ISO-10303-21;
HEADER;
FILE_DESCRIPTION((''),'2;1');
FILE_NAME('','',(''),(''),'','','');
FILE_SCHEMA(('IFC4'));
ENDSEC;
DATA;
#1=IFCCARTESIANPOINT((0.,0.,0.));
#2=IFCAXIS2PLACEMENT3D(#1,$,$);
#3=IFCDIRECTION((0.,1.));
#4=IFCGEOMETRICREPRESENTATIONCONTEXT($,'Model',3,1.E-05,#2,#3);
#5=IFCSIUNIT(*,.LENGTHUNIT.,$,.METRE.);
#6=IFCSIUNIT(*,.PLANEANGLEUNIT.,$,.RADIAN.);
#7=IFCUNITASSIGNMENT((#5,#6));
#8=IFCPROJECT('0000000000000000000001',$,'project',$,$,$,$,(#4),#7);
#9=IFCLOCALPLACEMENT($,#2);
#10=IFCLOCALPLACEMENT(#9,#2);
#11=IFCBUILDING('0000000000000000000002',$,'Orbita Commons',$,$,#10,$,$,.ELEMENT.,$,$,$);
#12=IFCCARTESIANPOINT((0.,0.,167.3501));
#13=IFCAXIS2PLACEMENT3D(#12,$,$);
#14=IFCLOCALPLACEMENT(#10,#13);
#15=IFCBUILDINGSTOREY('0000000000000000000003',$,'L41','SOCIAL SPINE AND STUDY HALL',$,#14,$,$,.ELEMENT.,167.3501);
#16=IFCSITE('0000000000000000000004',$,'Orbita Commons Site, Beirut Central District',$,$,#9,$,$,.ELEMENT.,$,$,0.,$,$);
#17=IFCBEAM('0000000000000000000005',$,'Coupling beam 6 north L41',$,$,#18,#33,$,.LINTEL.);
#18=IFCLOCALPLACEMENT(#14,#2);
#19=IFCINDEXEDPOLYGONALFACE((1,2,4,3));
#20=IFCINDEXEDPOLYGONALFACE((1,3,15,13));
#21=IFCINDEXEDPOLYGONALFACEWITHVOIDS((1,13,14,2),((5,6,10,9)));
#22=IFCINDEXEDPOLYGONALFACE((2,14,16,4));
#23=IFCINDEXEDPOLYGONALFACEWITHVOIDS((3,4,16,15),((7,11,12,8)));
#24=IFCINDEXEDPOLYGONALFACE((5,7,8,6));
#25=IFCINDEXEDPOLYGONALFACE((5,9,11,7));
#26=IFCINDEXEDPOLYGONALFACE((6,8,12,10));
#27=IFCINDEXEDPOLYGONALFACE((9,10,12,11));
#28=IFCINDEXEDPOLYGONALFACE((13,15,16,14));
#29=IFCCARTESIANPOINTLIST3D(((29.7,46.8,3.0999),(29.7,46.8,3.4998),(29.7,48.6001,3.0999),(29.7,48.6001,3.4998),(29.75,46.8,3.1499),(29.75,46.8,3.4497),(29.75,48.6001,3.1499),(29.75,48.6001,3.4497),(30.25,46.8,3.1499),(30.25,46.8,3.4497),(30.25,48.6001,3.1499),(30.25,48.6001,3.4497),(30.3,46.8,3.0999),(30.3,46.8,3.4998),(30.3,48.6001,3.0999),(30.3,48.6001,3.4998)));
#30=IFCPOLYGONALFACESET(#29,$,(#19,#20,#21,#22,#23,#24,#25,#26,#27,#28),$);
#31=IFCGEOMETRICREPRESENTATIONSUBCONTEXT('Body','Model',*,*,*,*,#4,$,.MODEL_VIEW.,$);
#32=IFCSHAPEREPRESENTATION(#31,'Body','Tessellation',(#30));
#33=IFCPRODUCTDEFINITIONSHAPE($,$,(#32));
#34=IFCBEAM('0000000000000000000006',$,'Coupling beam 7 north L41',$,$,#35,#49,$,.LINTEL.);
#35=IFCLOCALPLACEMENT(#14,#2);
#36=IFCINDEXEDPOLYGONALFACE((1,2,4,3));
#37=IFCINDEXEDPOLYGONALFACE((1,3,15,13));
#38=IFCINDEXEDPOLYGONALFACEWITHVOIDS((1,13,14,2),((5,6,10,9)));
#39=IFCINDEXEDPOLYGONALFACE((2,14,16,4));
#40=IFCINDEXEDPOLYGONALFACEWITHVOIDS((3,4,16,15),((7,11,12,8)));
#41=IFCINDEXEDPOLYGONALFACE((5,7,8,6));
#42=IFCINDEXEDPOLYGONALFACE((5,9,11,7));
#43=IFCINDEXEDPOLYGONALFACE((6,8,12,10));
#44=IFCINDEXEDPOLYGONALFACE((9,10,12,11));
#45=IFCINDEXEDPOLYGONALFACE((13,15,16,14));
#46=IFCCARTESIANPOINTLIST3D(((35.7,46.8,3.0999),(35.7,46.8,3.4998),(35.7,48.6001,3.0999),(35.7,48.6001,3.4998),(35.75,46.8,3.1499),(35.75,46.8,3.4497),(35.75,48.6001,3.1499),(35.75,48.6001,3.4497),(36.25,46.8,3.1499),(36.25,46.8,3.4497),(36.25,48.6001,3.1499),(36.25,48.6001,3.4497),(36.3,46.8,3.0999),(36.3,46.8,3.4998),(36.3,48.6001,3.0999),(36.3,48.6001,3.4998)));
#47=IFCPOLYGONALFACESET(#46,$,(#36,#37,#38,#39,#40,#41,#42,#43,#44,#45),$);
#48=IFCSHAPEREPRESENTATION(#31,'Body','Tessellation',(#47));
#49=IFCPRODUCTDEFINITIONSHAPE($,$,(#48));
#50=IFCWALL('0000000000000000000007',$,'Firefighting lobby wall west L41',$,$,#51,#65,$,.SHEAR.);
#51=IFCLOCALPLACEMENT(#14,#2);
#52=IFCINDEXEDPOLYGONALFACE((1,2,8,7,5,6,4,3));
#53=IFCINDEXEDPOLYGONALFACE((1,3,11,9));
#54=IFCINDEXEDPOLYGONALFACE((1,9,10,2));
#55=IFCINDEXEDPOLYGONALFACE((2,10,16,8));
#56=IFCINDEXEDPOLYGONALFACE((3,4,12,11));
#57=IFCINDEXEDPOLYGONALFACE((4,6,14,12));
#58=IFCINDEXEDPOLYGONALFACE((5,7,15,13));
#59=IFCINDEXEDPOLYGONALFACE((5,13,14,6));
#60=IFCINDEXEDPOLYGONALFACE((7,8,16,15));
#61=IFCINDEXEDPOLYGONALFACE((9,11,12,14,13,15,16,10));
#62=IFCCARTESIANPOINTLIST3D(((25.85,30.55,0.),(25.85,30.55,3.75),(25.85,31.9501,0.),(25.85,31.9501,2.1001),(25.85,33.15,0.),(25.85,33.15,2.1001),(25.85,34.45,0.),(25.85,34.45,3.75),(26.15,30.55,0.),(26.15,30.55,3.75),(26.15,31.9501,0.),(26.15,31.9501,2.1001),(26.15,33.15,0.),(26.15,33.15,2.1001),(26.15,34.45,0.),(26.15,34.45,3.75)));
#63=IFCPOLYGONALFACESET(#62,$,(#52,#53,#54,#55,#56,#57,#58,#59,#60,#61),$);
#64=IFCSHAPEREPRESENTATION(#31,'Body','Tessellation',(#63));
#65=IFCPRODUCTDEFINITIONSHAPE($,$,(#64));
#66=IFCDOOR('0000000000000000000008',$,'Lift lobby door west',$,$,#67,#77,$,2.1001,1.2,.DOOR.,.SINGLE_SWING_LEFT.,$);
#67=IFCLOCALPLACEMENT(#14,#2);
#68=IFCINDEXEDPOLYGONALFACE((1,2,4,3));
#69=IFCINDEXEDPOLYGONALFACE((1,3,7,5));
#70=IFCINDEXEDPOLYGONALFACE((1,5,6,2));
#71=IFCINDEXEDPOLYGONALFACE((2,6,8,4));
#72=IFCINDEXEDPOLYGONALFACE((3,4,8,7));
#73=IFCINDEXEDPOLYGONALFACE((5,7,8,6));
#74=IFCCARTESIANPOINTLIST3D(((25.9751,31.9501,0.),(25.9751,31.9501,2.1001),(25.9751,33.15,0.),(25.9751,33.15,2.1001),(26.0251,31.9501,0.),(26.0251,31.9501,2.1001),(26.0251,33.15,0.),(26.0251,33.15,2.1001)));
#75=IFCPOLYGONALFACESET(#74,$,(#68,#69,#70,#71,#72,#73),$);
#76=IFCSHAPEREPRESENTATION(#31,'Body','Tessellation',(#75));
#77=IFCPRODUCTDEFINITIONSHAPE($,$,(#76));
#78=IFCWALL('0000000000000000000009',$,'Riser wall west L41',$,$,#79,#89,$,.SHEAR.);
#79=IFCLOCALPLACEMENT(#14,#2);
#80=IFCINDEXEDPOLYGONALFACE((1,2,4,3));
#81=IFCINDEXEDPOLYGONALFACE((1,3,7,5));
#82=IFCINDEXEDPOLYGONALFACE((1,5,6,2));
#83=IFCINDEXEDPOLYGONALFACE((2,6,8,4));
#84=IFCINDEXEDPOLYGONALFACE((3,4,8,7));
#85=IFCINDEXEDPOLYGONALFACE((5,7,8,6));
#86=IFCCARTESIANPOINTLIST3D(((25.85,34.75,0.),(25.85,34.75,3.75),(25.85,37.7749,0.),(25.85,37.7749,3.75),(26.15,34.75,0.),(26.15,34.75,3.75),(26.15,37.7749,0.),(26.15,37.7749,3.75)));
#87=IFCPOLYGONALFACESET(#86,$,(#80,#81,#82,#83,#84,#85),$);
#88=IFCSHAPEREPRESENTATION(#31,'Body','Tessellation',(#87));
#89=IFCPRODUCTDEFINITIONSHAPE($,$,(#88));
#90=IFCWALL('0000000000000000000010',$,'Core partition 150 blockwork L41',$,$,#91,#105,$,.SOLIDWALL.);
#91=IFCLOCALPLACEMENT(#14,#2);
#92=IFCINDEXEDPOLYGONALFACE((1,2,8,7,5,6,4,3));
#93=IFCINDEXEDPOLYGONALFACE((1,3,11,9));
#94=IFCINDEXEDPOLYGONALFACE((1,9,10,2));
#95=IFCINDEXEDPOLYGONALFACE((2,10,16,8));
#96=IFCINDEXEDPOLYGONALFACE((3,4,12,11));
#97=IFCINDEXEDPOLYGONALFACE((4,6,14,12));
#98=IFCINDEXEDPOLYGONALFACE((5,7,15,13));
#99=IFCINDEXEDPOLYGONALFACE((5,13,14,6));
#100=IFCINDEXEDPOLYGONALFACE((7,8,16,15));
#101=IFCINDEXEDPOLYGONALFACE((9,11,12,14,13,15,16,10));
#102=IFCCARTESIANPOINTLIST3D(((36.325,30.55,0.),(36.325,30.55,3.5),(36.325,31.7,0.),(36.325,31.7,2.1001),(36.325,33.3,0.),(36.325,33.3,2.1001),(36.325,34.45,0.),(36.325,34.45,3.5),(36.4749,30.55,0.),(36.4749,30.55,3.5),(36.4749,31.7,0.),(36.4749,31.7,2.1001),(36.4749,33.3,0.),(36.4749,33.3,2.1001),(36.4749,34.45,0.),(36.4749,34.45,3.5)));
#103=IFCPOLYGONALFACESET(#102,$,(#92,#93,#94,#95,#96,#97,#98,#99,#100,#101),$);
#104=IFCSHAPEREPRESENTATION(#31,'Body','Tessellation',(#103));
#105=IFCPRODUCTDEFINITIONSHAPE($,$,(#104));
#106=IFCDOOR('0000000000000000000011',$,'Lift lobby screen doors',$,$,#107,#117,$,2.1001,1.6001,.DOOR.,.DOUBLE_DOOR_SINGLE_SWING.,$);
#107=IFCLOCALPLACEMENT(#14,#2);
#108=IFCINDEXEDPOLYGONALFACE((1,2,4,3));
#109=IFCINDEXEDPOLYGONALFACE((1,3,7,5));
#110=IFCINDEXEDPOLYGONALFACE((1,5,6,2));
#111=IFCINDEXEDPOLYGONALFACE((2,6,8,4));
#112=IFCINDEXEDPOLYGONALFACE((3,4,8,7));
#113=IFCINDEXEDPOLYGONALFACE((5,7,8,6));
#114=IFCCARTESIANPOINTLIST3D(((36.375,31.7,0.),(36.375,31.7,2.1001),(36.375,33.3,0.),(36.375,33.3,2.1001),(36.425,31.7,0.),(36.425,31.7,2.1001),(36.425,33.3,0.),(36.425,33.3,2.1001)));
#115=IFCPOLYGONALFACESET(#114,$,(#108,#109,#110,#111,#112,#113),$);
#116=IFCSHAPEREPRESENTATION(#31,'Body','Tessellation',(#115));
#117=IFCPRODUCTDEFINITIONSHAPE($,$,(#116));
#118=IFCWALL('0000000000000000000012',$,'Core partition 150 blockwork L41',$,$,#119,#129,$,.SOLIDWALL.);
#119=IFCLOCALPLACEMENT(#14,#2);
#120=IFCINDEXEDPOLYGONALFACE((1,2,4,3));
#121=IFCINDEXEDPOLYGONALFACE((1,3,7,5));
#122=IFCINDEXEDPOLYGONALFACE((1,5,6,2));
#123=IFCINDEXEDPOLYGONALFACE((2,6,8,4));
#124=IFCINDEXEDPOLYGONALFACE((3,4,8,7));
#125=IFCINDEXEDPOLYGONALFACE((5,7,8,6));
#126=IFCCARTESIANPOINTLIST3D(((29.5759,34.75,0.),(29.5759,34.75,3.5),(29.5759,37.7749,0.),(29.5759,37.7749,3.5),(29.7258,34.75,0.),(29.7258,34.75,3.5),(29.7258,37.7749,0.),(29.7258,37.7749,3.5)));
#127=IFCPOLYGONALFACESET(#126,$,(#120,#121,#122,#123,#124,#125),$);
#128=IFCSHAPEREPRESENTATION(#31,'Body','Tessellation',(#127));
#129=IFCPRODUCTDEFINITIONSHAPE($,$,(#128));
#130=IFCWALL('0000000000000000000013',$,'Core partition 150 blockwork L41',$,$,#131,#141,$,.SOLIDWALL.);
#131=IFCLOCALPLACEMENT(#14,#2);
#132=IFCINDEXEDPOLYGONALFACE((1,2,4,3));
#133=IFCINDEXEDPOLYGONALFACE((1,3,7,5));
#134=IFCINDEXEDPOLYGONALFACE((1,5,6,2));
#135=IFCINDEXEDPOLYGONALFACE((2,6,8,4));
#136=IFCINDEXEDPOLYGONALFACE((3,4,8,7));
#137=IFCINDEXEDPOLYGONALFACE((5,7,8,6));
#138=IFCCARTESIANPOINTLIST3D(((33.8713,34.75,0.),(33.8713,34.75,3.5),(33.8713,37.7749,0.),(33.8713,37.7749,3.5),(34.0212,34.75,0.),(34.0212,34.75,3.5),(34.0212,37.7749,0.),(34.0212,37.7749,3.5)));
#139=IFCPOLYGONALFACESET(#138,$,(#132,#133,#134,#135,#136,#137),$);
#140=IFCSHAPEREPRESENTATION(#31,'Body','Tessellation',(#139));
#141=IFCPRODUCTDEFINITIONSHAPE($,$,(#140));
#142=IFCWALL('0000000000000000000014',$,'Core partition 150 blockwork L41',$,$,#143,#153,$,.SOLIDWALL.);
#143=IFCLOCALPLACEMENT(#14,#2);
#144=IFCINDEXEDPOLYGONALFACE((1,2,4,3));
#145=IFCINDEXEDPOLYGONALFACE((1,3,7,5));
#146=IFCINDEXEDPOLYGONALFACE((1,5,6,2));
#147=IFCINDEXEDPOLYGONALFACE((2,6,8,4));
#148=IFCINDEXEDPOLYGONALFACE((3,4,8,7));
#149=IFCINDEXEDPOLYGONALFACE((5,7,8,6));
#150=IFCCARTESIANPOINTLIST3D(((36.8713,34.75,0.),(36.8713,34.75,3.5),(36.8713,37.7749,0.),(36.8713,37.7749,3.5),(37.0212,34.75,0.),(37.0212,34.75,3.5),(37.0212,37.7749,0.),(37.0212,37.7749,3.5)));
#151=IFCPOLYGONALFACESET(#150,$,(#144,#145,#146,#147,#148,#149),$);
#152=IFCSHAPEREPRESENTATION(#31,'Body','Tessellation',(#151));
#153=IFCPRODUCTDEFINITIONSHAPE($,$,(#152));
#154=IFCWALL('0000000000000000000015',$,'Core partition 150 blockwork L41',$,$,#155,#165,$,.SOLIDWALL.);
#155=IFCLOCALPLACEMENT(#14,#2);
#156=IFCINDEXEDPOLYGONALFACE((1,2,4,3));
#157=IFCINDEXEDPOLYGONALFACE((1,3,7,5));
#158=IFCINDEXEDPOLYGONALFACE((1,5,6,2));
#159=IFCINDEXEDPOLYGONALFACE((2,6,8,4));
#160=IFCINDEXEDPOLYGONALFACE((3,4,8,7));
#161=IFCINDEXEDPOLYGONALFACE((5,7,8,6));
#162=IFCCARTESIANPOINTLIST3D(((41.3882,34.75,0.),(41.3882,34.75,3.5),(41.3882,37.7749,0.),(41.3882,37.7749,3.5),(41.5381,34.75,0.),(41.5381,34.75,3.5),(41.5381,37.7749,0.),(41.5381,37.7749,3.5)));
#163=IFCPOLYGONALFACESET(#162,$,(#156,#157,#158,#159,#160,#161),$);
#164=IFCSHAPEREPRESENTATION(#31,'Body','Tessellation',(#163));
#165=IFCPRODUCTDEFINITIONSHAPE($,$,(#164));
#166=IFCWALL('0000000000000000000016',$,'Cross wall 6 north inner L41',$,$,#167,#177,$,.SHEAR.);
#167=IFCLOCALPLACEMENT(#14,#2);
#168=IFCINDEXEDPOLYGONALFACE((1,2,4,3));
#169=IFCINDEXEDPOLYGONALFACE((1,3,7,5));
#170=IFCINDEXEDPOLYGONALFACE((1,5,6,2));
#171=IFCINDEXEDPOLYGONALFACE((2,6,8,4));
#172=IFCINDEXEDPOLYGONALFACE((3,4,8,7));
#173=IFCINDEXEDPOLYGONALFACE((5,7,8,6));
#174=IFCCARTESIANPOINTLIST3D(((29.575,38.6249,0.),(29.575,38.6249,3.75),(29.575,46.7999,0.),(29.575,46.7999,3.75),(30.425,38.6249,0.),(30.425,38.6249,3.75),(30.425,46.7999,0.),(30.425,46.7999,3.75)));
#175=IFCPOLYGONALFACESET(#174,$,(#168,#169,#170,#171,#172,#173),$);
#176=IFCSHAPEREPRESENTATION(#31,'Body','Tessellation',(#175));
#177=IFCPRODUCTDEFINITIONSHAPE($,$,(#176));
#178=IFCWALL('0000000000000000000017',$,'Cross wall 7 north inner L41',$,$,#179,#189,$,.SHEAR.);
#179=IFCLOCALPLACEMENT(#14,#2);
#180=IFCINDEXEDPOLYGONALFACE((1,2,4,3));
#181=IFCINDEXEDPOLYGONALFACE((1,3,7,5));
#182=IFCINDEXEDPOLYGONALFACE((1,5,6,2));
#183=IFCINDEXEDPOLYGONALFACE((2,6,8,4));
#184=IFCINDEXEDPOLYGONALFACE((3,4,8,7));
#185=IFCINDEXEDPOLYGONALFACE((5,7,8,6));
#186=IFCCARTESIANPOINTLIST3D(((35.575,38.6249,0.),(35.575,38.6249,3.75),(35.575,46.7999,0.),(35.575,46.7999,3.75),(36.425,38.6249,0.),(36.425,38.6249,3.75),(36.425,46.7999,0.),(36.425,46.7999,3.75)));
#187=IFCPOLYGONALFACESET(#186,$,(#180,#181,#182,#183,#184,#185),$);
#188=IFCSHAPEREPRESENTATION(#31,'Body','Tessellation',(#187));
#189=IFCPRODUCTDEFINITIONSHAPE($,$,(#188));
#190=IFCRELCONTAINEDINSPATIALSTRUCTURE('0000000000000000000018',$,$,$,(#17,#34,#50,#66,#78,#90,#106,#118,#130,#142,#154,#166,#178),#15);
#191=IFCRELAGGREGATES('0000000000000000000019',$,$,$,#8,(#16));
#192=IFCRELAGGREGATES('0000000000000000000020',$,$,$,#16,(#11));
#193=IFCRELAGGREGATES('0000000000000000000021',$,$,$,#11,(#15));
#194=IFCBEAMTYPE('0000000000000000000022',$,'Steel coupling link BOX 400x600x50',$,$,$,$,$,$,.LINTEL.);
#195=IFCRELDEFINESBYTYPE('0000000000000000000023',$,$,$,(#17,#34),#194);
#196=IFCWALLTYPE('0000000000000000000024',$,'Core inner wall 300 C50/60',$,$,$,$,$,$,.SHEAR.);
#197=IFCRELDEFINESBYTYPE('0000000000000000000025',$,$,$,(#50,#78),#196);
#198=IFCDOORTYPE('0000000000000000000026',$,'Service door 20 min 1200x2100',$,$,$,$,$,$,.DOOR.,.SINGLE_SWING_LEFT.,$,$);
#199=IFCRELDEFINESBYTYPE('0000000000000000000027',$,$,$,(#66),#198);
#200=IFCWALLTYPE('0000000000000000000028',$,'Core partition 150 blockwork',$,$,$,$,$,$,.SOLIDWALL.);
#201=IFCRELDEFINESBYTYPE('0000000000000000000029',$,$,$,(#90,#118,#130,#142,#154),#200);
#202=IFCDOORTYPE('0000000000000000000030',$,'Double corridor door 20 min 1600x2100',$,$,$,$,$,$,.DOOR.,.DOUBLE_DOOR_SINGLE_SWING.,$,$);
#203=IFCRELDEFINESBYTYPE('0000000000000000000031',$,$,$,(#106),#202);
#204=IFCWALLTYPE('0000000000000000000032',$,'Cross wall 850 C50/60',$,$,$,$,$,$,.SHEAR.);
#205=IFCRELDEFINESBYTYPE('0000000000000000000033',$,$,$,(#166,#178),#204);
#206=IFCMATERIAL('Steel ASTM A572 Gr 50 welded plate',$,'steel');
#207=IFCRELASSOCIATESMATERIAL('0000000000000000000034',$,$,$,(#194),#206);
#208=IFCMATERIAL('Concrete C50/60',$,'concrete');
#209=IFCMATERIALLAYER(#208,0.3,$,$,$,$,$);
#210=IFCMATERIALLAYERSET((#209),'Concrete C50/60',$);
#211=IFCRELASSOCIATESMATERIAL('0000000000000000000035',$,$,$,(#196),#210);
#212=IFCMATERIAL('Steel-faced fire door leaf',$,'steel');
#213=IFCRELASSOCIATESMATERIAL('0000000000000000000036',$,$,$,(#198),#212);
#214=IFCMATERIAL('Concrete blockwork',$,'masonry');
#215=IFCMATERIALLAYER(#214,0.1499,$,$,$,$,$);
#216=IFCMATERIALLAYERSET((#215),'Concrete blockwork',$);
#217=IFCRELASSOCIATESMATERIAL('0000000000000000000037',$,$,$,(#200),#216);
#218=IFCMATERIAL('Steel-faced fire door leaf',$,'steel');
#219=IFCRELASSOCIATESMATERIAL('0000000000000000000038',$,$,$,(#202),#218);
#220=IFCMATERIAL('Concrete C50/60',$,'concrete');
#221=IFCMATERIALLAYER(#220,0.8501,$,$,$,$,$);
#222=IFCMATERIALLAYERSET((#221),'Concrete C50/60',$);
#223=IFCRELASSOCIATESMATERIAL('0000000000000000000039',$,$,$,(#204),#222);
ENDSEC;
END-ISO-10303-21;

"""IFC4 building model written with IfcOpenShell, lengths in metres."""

from ifc_helpers import new_model, si_unit, direction, frame, frame_2d, origin, origin_2d, place, context, subcontext, project, spatial, rectangle, hollow_rectangle, extrude, material, layer, layer_set, material_profile, profile_set, type_object, element, fill, save


model = new_model("IFC4")

# Units and contexts
model_context = context("Model", 3, precision=1e-05, world=origin(), true_north=direction((0.0, 1.0)))
body_context = subcontext(model_context, "Body", "Model", "MODEL_VIEW")
ifc_project = project(units=[si_unit("LENGTHUNIT", "METRE"), si_unit("PLANEANGLEUNIT", "RADIAN")], contexts=[model_context])

# Site, building, storey
site_placement = place(None, origin())
site = spatial("IfcSite", under=ifc_project, at=site_placement, Name="Orbita Commons Site, Beirut Central District", CompositionType="ELEMENT", RefElevation=0.0)
building_placement = place(site_placement, origin())
building = spatial("IfcBuilding", under=site, at=building_placement, Name="Orbita Commons", CompositionType="ELEMENT")
storey_placement = place(building_placement, frame((0.0, 0.0, 167.3501)))
storey = spatial("IfcBuildingStorey", under=building, at=storey_placement, Name="L41", Description="SOCIAL SPINE AND STUDY HALL", CompositionType="ELEMENT", Elevation=167.3501)

# Beams
ifc_material_1 = material(Name="Steel ASTM A572 Gr 50 welded plate", Category="steel")
ifc_material_profile = material_profile(ifc_material_1, hollow_rectangle(XDim=0.6001, YDim=0.3999, WallThickness=0.05, at=origin_2d()), Name="BOX 400x600x50")
ifc_profile_set = profile_set([ifc_material_profile], Name="Steel ASTM A572 Gr 50 welded plate")
beam_type = type_object("IfcBeamType", Name="Steel coupling link BOX 400x600x50", PredefinedType="LINTEL", material=ifc_profile_set)
for number, where, z_axis, x_axis, name in (
    (1, (30.0, 46.8, 3.2998), (0.0, 1.0, 0.0), (-1.0, 0.0, 0.0), "Coupling beam 6 north L41"),
    (2, (36.0, 46.8, 3.2998), (0.0, 1.0, 0.0), (-1.0, 0.0, 0.0), "Coupling beam 7 north L41"),
):
    element("IfcBeam", number, at=place(storey_placement, frame(where, z_axis=z_axis, x_axis=x_axis)), inside=storey, type_object=beam_type, Name=name, PredefinedType="LINTEL", context=body_context, shape_type="SweptSolid", body=[
        extrude(hollow_rectangle(XDim=0.6001, YDim=0.3999, WallThickness=0.05, at=origin_2d()), origin(), (0.0, 0.0, 1.0), 1.8),
    ])

# Wall, opening, door
ifc_material_2 = material(Name="Concrete C50/60", Category="concrete")
ifc_layer_1 = layer(ifc_material_2, 0.3)
ifc_layer_set_1 = layer_set([ifc_layer_1], Name="Concrete C50/60")
wall_type_1 = type_object("IfcWallType", Name="Core inner wall 300 C50/60", PredefinedType="SHEAR", material=ifc_layer_set_1)
wall_1_placement = place(storey_placement, frame((26.0, 30.55, 0.0), z_axis=(0.0, 0.0, 1.0), x_axis=(0.0, 1.0, 0.0)))
wall_1 = element("IfcWall", 3, at=wall_1_placement, inside=storey, type_object=wall_type_1, Name="Firefighting lobby wall west L41", PredefinedType="SHEAR", context=body_context, shape_type="SweptSolid", body=[
    extrude(rectangle(XDim=3.8999, YDim=0.3, at=frame_2d((1.95, 0.0))), origin(), (0.0, 0.0, 1.0), 3.75),
])
opening_1_placement = place(wall_1_placement, frame((1.3999, 0.0, 0.0)))
opening_1 = element("IfcOpeningElement", 4, at=opening_1_placement, cuts=wall_1, PredefinedType="OPENING", context=body_context, shape_type="SweptSolid", body=[
    extrude(rectangle(XDim=1.2, YDim=2.1001, at=frame_2d((0.6001, 1.05))), frame((0.0, 0.1599, 0.0), z_axis=(0.0, -1.0, 0.0), x_axis=(1.0, 0.0, 0.0)), (0.0, 0.0, 1.0), 0.3201),
])
ifc_material_3 = material(Name="Steel-faced fire door leaf", Category="steel")
door_type_1 = type_object("IfcDoorType", Name="Service door 20 min 1200x2100", OperationType="SINGLE_SWING_LEFT", PredefinedType="DOOR", material=ifc_material_3)
door_1_placement = place(opening_1_placement, origin())
door_1 = element("IfcDoor", 5, at=door_1_placement, inside=storey, type_object=door_type_1, Name="Lift lobby door west", OperationType="SINGLE_SWING_LEFT", OverallHeight=2.1001, OverallWidth=1.2, PredefinedType="DOOR", context=body_context, shape_type="SweptSolid", body=[
    extrude(rectangle(XDim=1.2, YDim=2.1001, at=frame_2d((0.6001, 1.05))), frame((0.0, 0.0249, 0.0), z_axis=(0.0, -1.0, 0.0), x_axis=(1.0, 0.0, 0.0)), (0.0, 0.0, 1.0), 0.05),
])
fill(opening_1, door_1)

# Wall
wall_2_placement = place(storey_placement, frame((26.0, 34.75, 0.0), z_axis=(0.0, 0.0, 1.0), x_axis=(0.0, 1.0, 0.0)))
element("IfcWall", 6, at=wall_2_placement, inside=storey, type_object=wall_type_1, Name="Riser wall west L41", PredefinedType="SHEAR", context=body_context, shape_type="SweptSolid", body=[
    extrude(rectangle(XDim=3.0249, YDim=0.3, at=frame_2d((1.5125, 0.0))), origin(), (0.0, 0.0, 1.0), 3.75),
])

# Wall, opening, door
ifc_material_4 = material(Name="Concrete blockwork", Category="masonry")
ifc_layer_2 = layer(ifc_material_4, 0.1499)
ifc_layer_set_2 = layer_set([ifc_layer_2], Name="Concrete blockwork")
wall_type_2 = type_object("IfcWallType", Name="Core partition 150 blockwork", PredefinedType="SOLIDWALL", material=ifc_layer_set_2)
wall_3_placement = place(storey_placement, frame((36.3999, 30.55, 0.0), z_axis=(0.0, 0.0, 1.0), x_axis=(0.0, 1.0, 0.0)))
wall_3 = element("IfcWall", 7, at=wall_3_placement, inside=storey, type_object=wall_type_2, Name="Core partition 150 blockwork L41", PredefinedType="SOLIDWALL", context=body_context, shape_type="SweptSolid", body=[
    extrude(rectangle(XDim=3.8999, YDim=0.1499, at=frame_2d((1.95, 0.0))), origin(), (0.0, 0.0, 1.0), 3.5),
])
opening_2_placement = place(wall_3_placement, frame((1.1499, 0.0, 0.0)))
opening_2 = element("IfcOpeningElement", 8, at=opening_2_placement, cuts=wall_3, PredefinedType="OPENING", context=body_context, shape_type="SweptSolid", body=[
    extrude(rectangle(XDim=1.6001, YDim=2.1001, at=frame_2d((0.8, 1.05))), frame((0.0, 0.085, 0.0), z_axis=(0.0, -1.0, 0.0), x_axis=(1.0, 0.0, 0.0)), (0.0, 0.0, 1.0), 0.1699),
])
ifc_material_5 = material(Name="Steel-faced fire door leaf", Category="steel")
door_type_2 = type_object("IfcDoorType", Name="Double corridor door 20 min 1600x2100", OperationType="DOUBLE_DOOR_SINGLE_SWING", PredefinedType="DOOR", material=ifc_material_5)
door_2_placement = place(opening_2_placement, origin())
door_2 = element("IfcDoor", 9, at=door_2_placement, inside=storey, type_object=door_type_2, Name="Lift lobby screen doors", OperationType="DOUBLE_DOOR_SINGLE_SWING", OverallHeight=2.1001, OverallWidth=1.6001, PredefinedType="DOOR", context=body_context, shape_type="SweptSolid", body=[
    extrude(rectangle(XDim=1.6001, YDim=2.1001, at=frame_2d((0.8, 1.05))), frame((0.0, 0.0249, 0.0), z_axis=(0.0, -1.0, 0.0), x_axis=(1.0, 0.0, 0.0)), (0.0, 0.0, 1.0), 0.05),
])
fill(opening_2, door_2)

# Walls
for number, where, z_axis, x_axis, name in (
    (10, (29.6509, 34.75, 0.0), (0.0, 0.0, 1.0), (0.0, 1.0, 0.0), "Core partition 150 blockwork L41"),
    (11, (33.9463, 34.75, 0.0), (0.0, 0.0, 1.0), (0.0, 1.0, 0.0), "Core partition 150 blockwork L41"),
    (12, (36.9463, 34.75, 0.0), (0.0, 0.0, 1.0), (0.0, 1.0, 0.0), "Core partition 150 blockwork L41"),
    (13, (41.4631, 34.75, 0.0), (0.0, 0.0, 1.0), (0.0, 1.0, 0.0), "Core partition 150 blockwork L41"),
):
    element("IfcWall", number, at=place(storey_placement, frame(where, z_axis=z_axis, x_axis=x_axis)), inside=storey, type_object=wall_type_2, Name=name, PredefinedType="SOLIDWALL", context=body_context, shape_type="SweptSolid", body=[
        extrude(rectangle(XDim=3.0249, YDim=0.1499, at=frame_2d((1.5125, 0.0))), origin(), (0.0, 0.0, 1.0), 3.5),
    ])
ifc_material_6 = material(Name="Concrete C50/60", Category="concrete")
ifc_layer_3 = layer(ifc_material_6, 0.8501)
ifc_layer_set_3 = layer_set([ifc_layer_3], Name="Concrete C50/60")
wall_type_3 = type_object("IfcWallType", Name="Cross wall 850 C50/60", PredefinedType="SHEAR", material=ifc_layer_set_3)
for number, where, z_axis, x_axis, name in (
    (14, (30.0, 38.625, 0.0), (0.0, 0.0, 1.0), (0.0, 1.0, 0.0), "Cross wall 6 north inner L41"),
    (15, (36.0, 38.625, 0.0), (0.0, 0.0, 1.0), (0.0, 1.0, 0.0), "Cross wall 7 north inner L41"),
):
    element("IfcWall", number, at=place(storey_placement, frame(where, z_axis=z_axis, x_axis=x_axis)), inside=storey, type_object=wall_type_3, Name=name, PredefinedType="SHEAR", context=body_context, shape_type="SweptSolid", body=[
        extrude(rectangle(XDim=8.175, YDim=0.8501, at=frame_2d((4.0874, 0.0))), origin(), (0.0, 0.0, 1.0), 3.75),
    ])

save(model, "model.ifc")
